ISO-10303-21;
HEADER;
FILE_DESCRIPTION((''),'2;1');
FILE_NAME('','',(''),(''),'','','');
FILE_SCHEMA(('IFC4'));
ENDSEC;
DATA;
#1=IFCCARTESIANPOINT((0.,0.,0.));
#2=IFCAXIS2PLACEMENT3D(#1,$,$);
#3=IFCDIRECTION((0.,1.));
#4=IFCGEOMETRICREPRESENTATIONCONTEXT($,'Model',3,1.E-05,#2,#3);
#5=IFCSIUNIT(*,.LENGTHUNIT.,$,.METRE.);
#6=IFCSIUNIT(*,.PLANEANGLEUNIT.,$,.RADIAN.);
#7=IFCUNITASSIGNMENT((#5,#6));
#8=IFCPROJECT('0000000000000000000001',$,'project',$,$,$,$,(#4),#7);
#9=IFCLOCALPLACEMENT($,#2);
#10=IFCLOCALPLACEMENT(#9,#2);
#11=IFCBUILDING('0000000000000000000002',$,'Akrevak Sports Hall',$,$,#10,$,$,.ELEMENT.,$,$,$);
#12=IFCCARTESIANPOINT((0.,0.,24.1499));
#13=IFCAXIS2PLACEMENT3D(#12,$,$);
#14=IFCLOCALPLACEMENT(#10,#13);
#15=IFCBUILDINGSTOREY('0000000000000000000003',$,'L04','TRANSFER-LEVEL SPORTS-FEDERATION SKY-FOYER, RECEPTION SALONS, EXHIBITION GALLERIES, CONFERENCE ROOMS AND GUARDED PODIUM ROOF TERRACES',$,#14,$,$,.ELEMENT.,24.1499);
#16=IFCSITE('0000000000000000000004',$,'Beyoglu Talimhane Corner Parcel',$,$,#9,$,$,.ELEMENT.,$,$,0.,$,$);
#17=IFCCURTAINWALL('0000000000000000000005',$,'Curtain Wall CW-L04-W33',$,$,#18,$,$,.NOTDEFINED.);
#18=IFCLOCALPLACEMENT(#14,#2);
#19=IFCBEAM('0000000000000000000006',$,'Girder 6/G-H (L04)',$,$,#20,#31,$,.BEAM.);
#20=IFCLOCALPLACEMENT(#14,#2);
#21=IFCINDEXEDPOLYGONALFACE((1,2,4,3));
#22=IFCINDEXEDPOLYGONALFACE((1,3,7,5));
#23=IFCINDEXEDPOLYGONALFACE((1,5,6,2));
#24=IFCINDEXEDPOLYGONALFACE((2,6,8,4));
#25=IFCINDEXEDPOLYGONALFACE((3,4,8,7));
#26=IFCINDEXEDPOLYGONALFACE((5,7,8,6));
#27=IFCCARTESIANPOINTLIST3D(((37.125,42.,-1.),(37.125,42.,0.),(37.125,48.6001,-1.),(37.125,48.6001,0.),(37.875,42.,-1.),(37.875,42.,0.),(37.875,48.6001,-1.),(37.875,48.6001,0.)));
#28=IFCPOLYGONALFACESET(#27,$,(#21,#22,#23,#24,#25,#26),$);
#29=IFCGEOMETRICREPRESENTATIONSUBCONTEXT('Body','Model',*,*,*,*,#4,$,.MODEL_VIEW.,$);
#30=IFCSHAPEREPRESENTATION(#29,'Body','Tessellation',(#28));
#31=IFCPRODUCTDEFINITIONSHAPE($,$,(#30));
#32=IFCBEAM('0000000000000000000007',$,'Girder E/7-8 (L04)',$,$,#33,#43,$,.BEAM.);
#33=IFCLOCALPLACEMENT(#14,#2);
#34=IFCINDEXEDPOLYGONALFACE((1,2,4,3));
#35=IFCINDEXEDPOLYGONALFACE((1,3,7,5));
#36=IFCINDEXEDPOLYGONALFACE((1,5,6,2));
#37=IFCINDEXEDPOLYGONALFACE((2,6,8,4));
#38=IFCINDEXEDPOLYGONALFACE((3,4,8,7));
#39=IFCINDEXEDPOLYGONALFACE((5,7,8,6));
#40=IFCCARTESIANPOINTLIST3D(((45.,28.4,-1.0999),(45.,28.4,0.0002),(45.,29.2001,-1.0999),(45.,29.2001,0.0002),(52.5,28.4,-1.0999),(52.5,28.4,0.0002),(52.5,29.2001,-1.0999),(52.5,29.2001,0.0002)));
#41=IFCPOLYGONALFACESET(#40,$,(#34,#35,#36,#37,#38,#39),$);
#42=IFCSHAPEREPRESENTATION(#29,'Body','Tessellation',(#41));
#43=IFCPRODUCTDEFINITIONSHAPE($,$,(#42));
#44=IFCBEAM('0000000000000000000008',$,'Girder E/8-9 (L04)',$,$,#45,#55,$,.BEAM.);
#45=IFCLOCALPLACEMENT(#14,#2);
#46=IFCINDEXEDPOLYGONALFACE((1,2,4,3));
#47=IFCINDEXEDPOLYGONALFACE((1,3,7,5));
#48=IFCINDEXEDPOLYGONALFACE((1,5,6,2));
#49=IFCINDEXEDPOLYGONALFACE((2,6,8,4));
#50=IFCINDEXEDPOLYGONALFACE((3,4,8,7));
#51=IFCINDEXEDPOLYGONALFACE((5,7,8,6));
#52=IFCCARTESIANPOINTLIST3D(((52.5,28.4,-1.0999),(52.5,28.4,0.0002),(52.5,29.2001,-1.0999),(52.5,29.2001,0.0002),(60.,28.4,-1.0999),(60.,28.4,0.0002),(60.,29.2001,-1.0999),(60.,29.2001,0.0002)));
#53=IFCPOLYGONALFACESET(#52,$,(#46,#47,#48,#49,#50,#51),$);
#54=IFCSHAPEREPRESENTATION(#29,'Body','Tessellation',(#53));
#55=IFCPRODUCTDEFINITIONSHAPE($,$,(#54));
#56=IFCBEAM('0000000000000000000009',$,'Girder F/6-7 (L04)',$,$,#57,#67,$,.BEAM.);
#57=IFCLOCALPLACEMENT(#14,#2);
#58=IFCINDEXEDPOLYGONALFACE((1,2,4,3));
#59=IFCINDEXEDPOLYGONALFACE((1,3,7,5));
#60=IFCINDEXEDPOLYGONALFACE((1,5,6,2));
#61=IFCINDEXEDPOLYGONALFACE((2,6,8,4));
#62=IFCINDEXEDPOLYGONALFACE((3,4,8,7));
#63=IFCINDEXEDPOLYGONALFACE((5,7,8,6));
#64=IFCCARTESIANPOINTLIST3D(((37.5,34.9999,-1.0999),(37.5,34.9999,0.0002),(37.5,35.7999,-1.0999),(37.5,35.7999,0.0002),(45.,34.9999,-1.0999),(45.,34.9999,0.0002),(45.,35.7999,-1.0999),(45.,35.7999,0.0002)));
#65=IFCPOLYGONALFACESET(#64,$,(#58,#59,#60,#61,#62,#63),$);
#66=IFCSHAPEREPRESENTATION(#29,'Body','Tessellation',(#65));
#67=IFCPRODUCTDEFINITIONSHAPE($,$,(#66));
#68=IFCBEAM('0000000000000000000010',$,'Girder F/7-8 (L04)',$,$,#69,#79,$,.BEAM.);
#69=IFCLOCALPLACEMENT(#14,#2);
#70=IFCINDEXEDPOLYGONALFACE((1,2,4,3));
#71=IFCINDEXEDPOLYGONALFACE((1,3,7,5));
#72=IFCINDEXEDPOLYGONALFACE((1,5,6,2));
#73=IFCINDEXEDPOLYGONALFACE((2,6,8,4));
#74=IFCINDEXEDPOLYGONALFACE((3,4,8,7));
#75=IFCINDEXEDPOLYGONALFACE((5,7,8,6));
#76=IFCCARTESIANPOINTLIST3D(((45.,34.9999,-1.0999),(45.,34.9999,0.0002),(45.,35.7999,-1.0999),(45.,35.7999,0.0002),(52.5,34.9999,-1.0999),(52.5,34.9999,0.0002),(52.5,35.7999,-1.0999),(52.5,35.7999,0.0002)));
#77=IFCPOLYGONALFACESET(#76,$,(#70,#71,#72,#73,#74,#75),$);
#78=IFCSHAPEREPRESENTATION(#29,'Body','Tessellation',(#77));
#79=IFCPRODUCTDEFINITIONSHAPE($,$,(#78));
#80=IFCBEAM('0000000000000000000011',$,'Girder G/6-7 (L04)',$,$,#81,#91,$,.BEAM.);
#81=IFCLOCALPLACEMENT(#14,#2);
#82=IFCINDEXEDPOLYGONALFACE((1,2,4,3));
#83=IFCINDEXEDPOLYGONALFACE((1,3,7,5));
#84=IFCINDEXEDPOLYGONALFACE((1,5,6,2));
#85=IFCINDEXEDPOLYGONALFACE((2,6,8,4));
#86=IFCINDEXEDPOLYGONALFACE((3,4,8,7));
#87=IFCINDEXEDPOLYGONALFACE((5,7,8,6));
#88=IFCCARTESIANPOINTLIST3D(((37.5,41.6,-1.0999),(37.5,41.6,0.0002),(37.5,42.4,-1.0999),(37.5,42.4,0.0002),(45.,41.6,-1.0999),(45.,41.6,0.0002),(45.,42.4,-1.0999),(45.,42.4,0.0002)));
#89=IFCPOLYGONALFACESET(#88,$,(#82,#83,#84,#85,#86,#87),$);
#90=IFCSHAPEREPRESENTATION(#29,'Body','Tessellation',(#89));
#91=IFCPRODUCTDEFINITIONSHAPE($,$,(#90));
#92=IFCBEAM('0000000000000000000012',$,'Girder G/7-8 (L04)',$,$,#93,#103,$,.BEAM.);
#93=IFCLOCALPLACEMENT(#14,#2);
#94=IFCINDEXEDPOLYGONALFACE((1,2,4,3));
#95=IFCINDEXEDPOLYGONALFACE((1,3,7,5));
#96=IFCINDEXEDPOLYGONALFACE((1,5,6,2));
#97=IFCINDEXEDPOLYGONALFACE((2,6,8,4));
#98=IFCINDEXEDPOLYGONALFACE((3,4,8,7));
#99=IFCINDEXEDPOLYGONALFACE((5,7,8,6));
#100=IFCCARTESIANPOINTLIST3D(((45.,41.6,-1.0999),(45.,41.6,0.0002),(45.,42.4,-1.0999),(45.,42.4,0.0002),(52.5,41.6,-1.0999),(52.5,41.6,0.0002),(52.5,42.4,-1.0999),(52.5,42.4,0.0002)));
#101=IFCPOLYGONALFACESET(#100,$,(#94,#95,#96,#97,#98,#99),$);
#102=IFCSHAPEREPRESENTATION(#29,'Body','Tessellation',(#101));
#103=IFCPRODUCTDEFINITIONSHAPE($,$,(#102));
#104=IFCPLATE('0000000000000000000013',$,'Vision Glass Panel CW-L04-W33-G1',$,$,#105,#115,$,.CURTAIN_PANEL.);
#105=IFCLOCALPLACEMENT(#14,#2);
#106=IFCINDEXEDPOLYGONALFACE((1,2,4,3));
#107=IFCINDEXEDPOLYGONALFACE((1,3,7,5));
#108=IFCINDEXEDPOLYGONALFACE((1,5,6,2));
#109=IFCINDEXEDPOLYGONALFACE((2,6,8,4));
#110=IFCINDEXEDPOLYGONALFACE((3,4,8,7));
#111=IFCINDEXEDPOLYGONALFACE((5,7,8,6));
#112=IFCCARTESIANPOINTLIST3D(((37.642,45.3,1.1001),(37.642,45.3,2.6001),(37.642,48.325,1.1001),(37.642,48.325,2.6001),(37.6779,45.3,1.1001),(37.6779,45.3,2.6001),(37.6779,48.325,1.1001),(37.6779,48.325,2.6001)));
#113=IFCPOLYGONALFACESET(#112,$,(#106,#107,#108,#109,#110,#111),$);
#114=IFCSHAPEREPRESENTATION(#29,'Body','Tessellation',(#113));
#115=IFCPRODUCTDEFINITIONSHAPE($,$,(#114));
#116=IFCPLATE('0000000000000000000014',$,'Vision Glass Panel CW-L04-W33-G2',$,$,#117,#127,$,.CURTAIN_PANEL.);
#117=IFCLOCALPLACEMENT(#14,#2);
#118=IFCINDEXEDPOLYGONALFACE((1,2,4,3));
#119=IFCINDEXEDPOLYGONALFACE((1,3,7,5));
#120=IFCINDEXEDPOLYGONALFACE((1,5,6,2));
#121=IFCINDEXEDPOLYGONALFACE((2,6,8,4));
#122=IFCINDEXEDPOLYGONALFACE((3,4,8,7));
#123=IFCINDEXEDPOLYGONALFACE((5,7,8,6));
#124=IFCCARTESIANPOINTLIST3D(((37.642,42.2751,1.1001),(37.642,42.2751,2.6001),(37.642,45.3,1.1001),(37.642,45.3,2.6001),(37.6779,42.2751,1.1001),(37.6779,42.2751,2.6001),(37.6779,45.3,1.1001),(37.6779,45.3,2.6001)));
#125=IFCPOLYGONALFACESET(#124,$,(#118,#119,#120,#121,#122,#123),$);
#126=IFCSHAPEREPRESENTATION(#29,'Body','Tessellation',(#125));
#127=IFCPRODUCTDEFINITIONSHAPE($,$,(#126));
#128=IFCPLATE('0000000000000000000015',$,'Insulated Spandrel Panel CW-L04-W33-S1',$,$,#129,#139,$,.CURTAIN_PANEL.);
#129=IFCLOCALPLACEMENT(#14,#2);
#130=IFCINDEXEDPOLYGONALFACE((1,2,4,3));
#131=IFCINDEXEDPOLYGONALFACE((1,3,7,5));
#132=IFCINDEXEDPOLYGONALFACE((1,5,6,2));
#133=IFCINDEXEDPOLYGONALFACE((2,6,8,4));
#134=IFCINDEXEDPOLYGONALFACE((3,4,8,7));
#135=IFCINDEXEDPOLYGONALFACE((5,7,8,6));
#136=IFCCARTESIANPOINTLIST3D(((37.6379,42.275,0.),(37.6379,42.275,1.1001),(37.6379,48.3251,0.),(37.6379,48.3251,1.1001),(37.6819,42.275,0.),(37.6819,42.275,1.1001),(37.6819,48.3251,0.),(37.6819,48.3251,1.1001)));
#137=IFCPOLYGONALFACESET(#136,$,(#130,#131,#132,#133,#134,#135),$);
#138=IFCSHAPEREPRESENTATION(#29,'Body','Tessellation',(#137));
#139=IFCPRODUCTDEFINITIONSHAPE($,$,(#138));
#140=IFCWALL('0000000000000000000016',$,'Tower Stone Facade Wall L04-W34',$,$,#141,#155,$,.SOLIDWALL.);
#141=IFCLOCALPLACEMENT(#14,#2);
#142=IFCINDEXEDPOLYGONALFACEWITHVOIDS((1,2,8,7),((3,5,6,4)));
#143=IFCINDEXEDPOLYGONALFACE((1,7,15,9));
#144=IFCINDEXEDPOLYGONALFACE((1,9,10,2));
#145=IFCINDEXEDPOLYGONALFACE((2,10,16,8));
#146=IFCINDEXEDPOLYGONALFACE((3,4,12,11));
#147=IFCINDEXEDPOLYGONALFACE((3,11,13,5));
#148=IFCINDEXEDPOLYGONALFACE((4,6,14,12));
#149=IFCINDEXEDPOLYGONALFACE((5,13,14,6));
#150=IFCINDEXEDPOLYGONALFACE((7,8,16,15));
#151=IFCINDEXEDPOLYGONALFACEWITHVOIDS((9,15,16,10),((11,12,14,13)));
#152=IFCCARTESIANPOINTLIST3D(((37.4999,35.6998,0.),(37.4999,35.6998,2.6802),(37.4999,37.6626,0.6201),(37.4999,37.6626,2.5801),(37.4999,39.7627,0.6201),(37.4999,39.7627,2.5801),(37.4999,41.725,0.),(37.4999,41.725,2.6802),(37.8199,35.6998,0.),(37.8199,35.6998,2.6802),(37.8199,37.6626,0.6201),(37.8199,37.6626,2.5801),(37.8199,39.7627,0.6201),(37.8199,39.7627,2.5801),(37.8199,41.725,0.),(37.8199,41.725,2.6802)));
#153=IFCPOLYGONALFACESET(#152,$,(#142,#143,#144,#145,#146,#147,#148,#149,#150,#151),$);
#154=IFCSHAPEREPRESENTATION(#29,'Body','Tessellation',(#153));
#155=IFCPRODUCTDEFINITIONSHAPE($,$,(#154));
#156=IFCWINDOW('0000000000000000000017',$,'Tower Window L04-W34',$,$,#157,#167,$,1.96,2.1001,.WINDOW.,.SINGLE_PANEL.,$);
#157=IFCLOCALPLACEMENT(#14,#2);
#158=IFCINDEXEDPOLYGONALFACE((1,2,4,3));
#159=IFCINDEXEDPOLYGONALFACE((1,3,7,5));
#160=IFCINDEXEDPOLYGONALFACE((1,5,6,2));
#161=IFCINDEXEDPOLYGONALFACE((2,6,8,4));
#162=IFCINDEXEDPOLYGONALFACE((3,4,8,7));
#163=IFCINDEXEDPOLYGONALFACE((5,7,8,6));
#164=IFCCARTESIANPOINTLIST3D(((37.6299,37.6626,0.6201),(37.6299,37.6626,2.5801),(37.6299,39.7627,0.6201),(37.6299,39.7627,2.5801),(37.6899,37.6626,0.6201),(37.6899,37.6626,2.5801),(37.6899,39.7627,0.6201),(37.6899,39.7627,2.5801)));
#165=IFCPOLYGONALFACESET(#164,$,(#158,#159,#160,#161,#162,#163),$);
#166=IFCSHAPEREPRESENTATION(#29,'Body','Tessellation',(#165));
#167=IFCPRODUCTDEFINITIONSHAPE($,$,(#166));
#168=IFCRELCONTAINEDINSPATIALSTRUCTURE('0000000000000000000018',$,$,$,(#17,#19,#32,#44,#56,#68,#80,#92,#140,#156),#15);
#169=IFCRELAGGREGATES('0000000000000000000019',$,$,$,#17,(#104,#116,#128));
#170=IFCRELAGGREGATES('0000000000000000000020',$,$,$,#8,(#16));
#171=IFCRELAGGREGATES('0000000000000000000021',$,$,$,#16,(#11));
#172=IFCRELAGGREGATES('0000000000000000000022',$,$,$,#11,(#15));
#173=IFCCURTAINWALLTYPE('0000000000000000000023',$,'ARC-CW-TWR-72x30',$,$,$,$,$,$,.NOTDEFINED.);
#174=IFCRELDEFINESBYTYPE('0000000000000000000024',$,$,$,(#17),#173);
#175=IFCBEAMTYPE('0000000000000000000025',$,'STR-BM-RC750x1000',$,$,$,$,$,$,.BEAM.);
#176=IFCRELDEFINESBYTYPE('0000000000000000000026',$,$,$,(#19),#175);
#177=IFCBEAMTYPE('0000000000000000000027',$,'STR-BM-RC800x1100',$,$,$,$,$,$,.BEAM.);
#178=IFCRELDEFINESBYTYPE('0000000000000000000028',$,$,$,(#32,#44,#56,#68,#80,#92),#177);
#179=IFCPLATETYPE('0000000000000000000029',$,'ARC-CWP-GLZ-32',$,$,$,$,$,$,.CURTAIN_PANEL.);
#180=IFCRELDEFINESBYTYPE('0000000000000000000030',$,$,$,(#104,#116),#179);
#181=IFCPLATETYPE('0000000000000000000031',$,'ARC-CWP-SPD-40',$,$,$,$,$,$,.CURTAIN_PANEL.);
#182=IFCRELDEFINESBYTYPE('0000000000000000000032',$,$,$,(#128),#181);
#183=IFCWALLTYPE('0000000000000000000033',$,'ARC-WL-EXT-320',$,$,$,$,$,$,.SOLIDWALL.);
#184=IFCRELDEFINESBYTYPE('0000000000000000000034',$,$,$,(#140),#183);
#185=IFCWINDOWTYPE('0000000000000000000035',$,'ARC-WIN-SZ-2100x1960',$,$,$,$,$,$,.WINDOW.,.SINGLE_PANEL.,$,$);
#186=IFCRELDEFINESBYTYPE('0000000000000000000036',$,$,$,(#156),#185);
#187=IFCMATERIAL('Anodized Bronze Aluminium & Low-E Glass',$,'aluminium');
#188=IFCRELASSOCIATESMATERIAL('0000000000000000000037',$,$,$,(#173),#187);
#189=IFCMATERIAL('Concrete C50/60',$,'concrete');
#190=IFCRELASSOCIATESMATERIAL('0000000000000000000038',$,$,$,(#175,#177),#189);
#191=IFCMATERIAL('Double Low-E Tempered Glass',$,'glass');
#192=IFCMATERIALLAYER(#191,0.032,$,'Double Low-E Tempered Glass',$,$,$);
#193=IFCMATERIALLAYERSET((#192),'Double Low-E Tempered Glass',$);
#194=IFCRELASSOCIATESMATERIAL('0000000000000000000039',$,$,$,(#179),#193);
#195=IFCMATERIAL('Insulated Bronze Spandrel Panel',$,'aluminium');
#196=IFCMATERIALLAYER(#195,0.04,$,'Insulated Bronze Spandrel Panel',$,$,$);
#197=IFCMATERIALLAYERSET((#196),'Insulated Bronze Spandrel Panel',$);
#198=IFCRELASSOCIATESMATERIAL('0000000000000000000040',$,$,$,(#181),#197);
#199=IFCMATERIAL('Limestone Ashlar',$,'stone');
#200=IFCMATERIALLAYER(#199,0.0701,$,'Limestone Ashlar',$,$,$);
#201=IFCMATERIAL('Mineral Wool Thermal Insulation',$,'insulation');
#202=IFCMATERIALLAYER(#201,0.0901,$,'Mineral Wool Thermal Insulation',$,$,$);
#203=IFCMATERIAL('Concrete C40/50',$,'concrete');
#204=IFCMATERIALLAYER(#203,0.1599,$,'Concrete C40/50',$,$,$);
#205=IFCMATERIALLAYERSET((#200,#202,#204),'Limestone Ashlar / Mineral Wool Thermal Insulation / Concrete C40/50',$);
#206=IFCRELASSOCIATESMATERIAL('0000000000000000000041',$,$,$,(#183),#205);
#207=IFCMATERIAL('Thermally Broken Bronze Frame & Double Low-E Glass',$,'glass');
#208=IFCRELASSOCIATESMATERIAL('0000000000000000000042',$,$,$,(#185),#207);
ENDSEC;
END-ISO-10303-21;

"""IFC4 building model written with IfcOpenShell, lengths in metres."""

from ifc_helpers import new_model, si_unit, direction, frame, frame_2d, origin, origin_2d, place, context, subcontext, project, spatial, rectangle, extrude, material, layer, layer_set, material_profile, profile_set, type_object, element, fill, aggregate, save


model = new_model("IFC4")

# Units and contexts
model_context = context("Model", 3, precision=1e-05, world=origin(), true_north=direction((0.0, 1.0)))
body_context = subcontext(model_context, "Body", "Model", "MODEL_VIEW")
ifc_project = project(units=[si_unit("LENGTHUNIT", "METRE"), si_unit("PLANEANGLEUNIT", "RADIAN")], contexts=[model_context])

# Site, building, storey
site_placement = place(None, origin())
site = spatial("IfcSite", under=ifc_project, at=site_placement, Name="Beyoglu Talimhane Corner Parcel", CompositionType="ELEMENT", RefElevation=0.0)
building_placement = place(site_placement, origin())
building = spatial("IfcBuilding", under=site, at=building_placement, Name="Akrevak Sports Hall", CompositionType="ELEMENT")
storey_placement = place(building_placement, frame((0.0, 0.0, 24.1499)))
storey = spatial("IfcBuildingStorey", under=building, at=storey_placement, Name="L04", Description="TRANSFER-LEVEL SPORTS-FEDERATION SKY-FOYER, RECEPTION SALONS, EXHIBITION GALLERIES, CONFERENCE ROOMS AND GUARDED PODIUM ROOF TERRACES", CompositionType="ELEMENT", Elevation=24.1499)

# Shared definitions
ifc_material_1 = material(Name="Concrete C50/60", Category="concrete")
ifc_material_2 = material(Name="Concrete C40/50", Category="concrete")

# Curtain wall
ifc_material_3 = material(Name="Anodized Bronze Aluminium & Low-E Glass", Category="aluminium")
curtain_wall_type = type_object("IfcCurtainWallType", Name="ARC-CW-TWR-72x30", PredefinedType="NOTDEFINED", material=ifc_material_3)
curtain_wall_placement = place(storey_placement, origin())
curtain_wall = element("IfcCurtainWall", 1, at=curtain_wall_placement, inside=storey, type_object=curtain_wall_type, Name="Curtain Wall CW-L04-W33", PredefinedType="NOTDEFINED")

# Beams
ifc_material_profile_1 = material_profile(ifc_material_1, rectangle(XDim=0.75, YDim=1.0, at=origin_2d()), Name="BM 750x1000", Category="concrete")
ifc_profile_set_1 = profile_set([ifc_material_profile_1], Name="Concrete C50/60")
beam_type_1 = type_object("IfcBeamType", Name="STR-BM-RC750x1000", PredefinedType="BEAM", material=ifc_profile_set_1)
for number, where, z_axis, x_axis, name in (
    (2, (37.5, 42.0, -0.5), (0.0, 1.0, 0.0), (-1.0, 0.0, 0.0), "Girder 6/G-H (L04)"),
):
    element("IfcBeam", number, at=place(storey_placement, frame(where, z_axis=z_axis, x_axis=x_axis)), inside=storey, type_object=beam_type_1, Name=name, PredefinedType="BEAM", context=body_context, shape_type="SweptSolid", body=[
        extrude(rectangle(XDim=0.75, YDim=1.0, at=origin_2d()), origin(), (0.0, 0.0, 1.0), 6.6001),
    ])
ifc_material_profile_2 = material_profile(ifc_material_1, rectangle(XDim=0.8, YDim=1.1001, at=origin_2d()), Name="BM 800x1100", Category="concrete")
ifc_profile_set_2 = profile_set([ifc_material_profile_2], Name="Concrete C50/60")
beam_type_2 = type_object("IfcBeamType", Name="STR-BM-RC800x1100", PredefinedType="BEAM", material=ifc_profile_set_2)
for number, where, z_axis, x_axis, name in (
    (3, (45.0, 28.8, -0.5498), (1.0, 0.0, 0.0), (0.0, 1.0, 0.0), "Girder E/7-8 (L04)"),
    (4, (52.5, 28.8, -0.5498), (1.0, 0.0, 0.0), (0.0, 1.0, 0.0), "Girder E/8-9 (L04)"),
    (5, (37.5, 35.3999, -0.5498), (1.0, 0.0, 0.0), (0.0, 1.0, 0.0), "Girder F/6-7 (L04)"),
    (6, (45.0, 35.3999, -0.5498), (1.0, 0.0, 0.0), (0.0, 1.0, 0.0), "Girder F/7-8 (L04)"),
    (7, (37.5, 42.0, -0.5498), (1.0, 0.0, 0.0), (0.0, 1.0, 0.0), "Girder G/6-7 (L04)"),
    (8, (45.0, 42.0, -0.5498), (1.0, 0.0, 0.0), (0.0, 1.0, 0.0), "Girder G/7-8 (L04)"),
):
    element("IfcBeam", number, at=place(storey_placement, frame(where, z_axis=z_axis, x_axis=x_axis)), inside=storey, type_object=beam_type_2, Name=name, PredefinedType="BEAM", context=body_context, shape_type="SweptSolid", body=[
        extrude(rectangle(XDim=0.8, YDim=1.1001, at=origin_2d()), origin(), (0.0, 0.0, 1.0), 7.5),
    ])

# Plates
ifc_material_4 = material(Name="Double Low-E Tempered Glass", Category="glass")
ifc_layer_1 = layer(ifc_material_4, 0.032, Name="Double Low-E Tempered Glass")
ifc_layer_set_1 = layer_set([ifc_layer_1], Name="Double Low-E Tempered Glass")
plate_type_1 = type_object("IfcPlateType", Name="ARC-CWP-GLZ-32", PredefinedType="CURTAIN_PANEL", material=ifc_layer_set_1)
plate_1_placement = place(storey_placement, frame((37.6599, 46.8125, 1.1001), z_axis=(0.0, 0.0, 1.0), x_axis=(0.0, -1.0, 0.0)))
plate_1 = element("IfcPlate", 9, at=plate_1_placement, type_object=plate_type_1, Name="Vision Glass Panel CW-L04-W33-G1", PredefinedType="CURTAIN_PANEL", context=body_context, shape_type="SweptSolid", body=[
    extrude(rectangle(XDim=3.0249, YDim=0.0359, at=origin_2d()), origin(), (0.0, 0.0, 1.0), 1.5),
])
plate_2_placement = place(storey_placement, frame((37.6599, 43.7876, 1.1001), z_axis=(0.0, 0.0, 1.0), x_axis=(0.0, -1.0, 0.0)))
plate_2 = element("IfcPlate", 10, at=plate_2_placement, type_object=plate_type_1, Name="Vision Glass Panel CW-L04-W33-G2", PredefinedType="CURTAIN_PANEL", context=body_context, shape_type="SweptSolid", body=[
    extrude(rectangle(XDim=3.0249, YDim=0.0359, at=origin_2d()), origin(), (0.0, 0.0, 1.0), 1.5),
])
ifc_material_5 = material(Name="Insulated Bronze Spandrel Panel", Category="aluminium")
ifc_layer_2 = layer(ifc_material_5, 0.04, Name="Insulated Bronze Spandrel Panel")
ifc_layer_set_2 = layer_set([ifc_layer_2], Name="Insulated Bronze Spandrel Panel")
plate_type_2 = type_object("IfcPlateType", Name="ARC-CWP-SPD-40", PredefinedType="CURTAIN_PANEL", material=ifc_layer_set_2)
plate_3_placement = place(storey_placement, frame((37.6599, 45.3, 0.0), z_axis=(0.0, 0.0, 1.0), x_axis=(0.0, -1.0, 0.0)))
plate_3 = element("IfcPlate", 11, at=plate_3_placement, type_object=plate_type_2, Name="Insulated Spandrel Panel CW-L04-W33-S1", PredefinedType="CURTAIN_PANEL", context=body_context, shape_type="SweptSolid", body=[
    extrude(rectangle(XDim=6.05, YDim=0.0439, at=origin_2d()), origin(), (0.0, 0.0, 1.0), 1.1001),
])
aggregate(curtain_wall, [plate_1, plate_2, plate_3])

# Wall, opening, window
ifc_material_6 = material(Name="Limestone Ashlar", Category="stone")
ifc_layer_3 = layer(ifc_material_6, 0.0701, Name="Limestone Ashlar")
ifc_material_7 = material(Name="Mineral Wool Thermal Insulation", Category="insulation")
ifc_layer_4 = layer(ifc_material_7, 0.0901, Name="Mineral Wool Thermal Insulation")
ifc_layer_5 = layer(ifc_material_2, 0.1599, Name="Concrete C40/50")
ifc_layer_set_3 = layer_set([ifc_layer_3, ifc_layer_4, ifc_layer_5], Name="Limestone Ashlar / Mineral Wool Thermal Insulation / Concrete C40/50")
wall_type_1 = type_object("IfcWallType", Name="ARC-WL-EXT-320", PredefinedType="SOLIDWALL", material=ifc_layer_set_3)
wall_1_placement = place(storey_placement, frame((37.6599, 41.7251, 0.0), z_axis=(0.0, 0.0, 1.0), x_axis=(0.0, -1.0, 0.0)))
wall_1 = element("IfcWall", 12, at=wall_1_placement, inside=storey, type_object=wall_type_1, Name="Tower Stone Facade Wall L04-W34", PredefinedType="SOLIDWALL", context=body_context, shape_type="SweptSolid", body=[
    extrude(rectangle(XDim=6.0251, YDim=0.3201, at=frame_2d((3.0127, 0.0))), origin(), (0.0, 0.0, 1.0), 2.6802),
])
opening_1_placement = place(wall_1_placement, frame((1.9624, 0.0, 0.6201)))
opening_1 = element("IfcOpeningElement", 13, at=opening_1_placement, cuts=wall_1, PredefinedType="OPENING", context=body_context, shape_type="SweptSolid", body=[
    extrude(rectangle(XDim=2.1001, YDim=1.96, at=frame_2d((1.05, 0.98))), frame((0.0, 0.1719, 0.0), z_axis=(0.0, -1.0, 0.0), x_axis=(1.0, 0.0, 0.0)), (0.0, 0.0, 1.0), 0.344),
])
ifc_material_8 = material(Name="Thermally Broken Bronze Frame & Double Low-E Glass", Category="glass")
window_type = type_object("IfcWindowType", Name="ARC-WIN-SZ-2100x1960", PartitioningType="SINGLE_PANEL", PredefinedType="WINDOW", material=ifc_material_8)
window_placement = place(opening_1_placement, origin())
window = element("IfcWindow", 14, at=window_placement, inside=storey, type_object=window_type, Name="Tower Window L04-W34", OverallHeight=1.96, OverallWidth=2.1001, PartitioningType="SINGLE_PANEL", PredefinedType="WINDOW", context=body_context, shape_type="SweptSolid", body=[
    extrude(rectangle(XDim=2.1001, YDim=1.96, at=frame_2d((1.05, 0.98))), frame((0.0, 0.03, 0.0), z_axis=(0.0, -1.0, 0.0), x_axis=(1.0, 0.0, 0.0)), (0.0, 0.0, 1.0), 0.0601),
])
fill(opening_1, window)

save(model, "model.ifc")
